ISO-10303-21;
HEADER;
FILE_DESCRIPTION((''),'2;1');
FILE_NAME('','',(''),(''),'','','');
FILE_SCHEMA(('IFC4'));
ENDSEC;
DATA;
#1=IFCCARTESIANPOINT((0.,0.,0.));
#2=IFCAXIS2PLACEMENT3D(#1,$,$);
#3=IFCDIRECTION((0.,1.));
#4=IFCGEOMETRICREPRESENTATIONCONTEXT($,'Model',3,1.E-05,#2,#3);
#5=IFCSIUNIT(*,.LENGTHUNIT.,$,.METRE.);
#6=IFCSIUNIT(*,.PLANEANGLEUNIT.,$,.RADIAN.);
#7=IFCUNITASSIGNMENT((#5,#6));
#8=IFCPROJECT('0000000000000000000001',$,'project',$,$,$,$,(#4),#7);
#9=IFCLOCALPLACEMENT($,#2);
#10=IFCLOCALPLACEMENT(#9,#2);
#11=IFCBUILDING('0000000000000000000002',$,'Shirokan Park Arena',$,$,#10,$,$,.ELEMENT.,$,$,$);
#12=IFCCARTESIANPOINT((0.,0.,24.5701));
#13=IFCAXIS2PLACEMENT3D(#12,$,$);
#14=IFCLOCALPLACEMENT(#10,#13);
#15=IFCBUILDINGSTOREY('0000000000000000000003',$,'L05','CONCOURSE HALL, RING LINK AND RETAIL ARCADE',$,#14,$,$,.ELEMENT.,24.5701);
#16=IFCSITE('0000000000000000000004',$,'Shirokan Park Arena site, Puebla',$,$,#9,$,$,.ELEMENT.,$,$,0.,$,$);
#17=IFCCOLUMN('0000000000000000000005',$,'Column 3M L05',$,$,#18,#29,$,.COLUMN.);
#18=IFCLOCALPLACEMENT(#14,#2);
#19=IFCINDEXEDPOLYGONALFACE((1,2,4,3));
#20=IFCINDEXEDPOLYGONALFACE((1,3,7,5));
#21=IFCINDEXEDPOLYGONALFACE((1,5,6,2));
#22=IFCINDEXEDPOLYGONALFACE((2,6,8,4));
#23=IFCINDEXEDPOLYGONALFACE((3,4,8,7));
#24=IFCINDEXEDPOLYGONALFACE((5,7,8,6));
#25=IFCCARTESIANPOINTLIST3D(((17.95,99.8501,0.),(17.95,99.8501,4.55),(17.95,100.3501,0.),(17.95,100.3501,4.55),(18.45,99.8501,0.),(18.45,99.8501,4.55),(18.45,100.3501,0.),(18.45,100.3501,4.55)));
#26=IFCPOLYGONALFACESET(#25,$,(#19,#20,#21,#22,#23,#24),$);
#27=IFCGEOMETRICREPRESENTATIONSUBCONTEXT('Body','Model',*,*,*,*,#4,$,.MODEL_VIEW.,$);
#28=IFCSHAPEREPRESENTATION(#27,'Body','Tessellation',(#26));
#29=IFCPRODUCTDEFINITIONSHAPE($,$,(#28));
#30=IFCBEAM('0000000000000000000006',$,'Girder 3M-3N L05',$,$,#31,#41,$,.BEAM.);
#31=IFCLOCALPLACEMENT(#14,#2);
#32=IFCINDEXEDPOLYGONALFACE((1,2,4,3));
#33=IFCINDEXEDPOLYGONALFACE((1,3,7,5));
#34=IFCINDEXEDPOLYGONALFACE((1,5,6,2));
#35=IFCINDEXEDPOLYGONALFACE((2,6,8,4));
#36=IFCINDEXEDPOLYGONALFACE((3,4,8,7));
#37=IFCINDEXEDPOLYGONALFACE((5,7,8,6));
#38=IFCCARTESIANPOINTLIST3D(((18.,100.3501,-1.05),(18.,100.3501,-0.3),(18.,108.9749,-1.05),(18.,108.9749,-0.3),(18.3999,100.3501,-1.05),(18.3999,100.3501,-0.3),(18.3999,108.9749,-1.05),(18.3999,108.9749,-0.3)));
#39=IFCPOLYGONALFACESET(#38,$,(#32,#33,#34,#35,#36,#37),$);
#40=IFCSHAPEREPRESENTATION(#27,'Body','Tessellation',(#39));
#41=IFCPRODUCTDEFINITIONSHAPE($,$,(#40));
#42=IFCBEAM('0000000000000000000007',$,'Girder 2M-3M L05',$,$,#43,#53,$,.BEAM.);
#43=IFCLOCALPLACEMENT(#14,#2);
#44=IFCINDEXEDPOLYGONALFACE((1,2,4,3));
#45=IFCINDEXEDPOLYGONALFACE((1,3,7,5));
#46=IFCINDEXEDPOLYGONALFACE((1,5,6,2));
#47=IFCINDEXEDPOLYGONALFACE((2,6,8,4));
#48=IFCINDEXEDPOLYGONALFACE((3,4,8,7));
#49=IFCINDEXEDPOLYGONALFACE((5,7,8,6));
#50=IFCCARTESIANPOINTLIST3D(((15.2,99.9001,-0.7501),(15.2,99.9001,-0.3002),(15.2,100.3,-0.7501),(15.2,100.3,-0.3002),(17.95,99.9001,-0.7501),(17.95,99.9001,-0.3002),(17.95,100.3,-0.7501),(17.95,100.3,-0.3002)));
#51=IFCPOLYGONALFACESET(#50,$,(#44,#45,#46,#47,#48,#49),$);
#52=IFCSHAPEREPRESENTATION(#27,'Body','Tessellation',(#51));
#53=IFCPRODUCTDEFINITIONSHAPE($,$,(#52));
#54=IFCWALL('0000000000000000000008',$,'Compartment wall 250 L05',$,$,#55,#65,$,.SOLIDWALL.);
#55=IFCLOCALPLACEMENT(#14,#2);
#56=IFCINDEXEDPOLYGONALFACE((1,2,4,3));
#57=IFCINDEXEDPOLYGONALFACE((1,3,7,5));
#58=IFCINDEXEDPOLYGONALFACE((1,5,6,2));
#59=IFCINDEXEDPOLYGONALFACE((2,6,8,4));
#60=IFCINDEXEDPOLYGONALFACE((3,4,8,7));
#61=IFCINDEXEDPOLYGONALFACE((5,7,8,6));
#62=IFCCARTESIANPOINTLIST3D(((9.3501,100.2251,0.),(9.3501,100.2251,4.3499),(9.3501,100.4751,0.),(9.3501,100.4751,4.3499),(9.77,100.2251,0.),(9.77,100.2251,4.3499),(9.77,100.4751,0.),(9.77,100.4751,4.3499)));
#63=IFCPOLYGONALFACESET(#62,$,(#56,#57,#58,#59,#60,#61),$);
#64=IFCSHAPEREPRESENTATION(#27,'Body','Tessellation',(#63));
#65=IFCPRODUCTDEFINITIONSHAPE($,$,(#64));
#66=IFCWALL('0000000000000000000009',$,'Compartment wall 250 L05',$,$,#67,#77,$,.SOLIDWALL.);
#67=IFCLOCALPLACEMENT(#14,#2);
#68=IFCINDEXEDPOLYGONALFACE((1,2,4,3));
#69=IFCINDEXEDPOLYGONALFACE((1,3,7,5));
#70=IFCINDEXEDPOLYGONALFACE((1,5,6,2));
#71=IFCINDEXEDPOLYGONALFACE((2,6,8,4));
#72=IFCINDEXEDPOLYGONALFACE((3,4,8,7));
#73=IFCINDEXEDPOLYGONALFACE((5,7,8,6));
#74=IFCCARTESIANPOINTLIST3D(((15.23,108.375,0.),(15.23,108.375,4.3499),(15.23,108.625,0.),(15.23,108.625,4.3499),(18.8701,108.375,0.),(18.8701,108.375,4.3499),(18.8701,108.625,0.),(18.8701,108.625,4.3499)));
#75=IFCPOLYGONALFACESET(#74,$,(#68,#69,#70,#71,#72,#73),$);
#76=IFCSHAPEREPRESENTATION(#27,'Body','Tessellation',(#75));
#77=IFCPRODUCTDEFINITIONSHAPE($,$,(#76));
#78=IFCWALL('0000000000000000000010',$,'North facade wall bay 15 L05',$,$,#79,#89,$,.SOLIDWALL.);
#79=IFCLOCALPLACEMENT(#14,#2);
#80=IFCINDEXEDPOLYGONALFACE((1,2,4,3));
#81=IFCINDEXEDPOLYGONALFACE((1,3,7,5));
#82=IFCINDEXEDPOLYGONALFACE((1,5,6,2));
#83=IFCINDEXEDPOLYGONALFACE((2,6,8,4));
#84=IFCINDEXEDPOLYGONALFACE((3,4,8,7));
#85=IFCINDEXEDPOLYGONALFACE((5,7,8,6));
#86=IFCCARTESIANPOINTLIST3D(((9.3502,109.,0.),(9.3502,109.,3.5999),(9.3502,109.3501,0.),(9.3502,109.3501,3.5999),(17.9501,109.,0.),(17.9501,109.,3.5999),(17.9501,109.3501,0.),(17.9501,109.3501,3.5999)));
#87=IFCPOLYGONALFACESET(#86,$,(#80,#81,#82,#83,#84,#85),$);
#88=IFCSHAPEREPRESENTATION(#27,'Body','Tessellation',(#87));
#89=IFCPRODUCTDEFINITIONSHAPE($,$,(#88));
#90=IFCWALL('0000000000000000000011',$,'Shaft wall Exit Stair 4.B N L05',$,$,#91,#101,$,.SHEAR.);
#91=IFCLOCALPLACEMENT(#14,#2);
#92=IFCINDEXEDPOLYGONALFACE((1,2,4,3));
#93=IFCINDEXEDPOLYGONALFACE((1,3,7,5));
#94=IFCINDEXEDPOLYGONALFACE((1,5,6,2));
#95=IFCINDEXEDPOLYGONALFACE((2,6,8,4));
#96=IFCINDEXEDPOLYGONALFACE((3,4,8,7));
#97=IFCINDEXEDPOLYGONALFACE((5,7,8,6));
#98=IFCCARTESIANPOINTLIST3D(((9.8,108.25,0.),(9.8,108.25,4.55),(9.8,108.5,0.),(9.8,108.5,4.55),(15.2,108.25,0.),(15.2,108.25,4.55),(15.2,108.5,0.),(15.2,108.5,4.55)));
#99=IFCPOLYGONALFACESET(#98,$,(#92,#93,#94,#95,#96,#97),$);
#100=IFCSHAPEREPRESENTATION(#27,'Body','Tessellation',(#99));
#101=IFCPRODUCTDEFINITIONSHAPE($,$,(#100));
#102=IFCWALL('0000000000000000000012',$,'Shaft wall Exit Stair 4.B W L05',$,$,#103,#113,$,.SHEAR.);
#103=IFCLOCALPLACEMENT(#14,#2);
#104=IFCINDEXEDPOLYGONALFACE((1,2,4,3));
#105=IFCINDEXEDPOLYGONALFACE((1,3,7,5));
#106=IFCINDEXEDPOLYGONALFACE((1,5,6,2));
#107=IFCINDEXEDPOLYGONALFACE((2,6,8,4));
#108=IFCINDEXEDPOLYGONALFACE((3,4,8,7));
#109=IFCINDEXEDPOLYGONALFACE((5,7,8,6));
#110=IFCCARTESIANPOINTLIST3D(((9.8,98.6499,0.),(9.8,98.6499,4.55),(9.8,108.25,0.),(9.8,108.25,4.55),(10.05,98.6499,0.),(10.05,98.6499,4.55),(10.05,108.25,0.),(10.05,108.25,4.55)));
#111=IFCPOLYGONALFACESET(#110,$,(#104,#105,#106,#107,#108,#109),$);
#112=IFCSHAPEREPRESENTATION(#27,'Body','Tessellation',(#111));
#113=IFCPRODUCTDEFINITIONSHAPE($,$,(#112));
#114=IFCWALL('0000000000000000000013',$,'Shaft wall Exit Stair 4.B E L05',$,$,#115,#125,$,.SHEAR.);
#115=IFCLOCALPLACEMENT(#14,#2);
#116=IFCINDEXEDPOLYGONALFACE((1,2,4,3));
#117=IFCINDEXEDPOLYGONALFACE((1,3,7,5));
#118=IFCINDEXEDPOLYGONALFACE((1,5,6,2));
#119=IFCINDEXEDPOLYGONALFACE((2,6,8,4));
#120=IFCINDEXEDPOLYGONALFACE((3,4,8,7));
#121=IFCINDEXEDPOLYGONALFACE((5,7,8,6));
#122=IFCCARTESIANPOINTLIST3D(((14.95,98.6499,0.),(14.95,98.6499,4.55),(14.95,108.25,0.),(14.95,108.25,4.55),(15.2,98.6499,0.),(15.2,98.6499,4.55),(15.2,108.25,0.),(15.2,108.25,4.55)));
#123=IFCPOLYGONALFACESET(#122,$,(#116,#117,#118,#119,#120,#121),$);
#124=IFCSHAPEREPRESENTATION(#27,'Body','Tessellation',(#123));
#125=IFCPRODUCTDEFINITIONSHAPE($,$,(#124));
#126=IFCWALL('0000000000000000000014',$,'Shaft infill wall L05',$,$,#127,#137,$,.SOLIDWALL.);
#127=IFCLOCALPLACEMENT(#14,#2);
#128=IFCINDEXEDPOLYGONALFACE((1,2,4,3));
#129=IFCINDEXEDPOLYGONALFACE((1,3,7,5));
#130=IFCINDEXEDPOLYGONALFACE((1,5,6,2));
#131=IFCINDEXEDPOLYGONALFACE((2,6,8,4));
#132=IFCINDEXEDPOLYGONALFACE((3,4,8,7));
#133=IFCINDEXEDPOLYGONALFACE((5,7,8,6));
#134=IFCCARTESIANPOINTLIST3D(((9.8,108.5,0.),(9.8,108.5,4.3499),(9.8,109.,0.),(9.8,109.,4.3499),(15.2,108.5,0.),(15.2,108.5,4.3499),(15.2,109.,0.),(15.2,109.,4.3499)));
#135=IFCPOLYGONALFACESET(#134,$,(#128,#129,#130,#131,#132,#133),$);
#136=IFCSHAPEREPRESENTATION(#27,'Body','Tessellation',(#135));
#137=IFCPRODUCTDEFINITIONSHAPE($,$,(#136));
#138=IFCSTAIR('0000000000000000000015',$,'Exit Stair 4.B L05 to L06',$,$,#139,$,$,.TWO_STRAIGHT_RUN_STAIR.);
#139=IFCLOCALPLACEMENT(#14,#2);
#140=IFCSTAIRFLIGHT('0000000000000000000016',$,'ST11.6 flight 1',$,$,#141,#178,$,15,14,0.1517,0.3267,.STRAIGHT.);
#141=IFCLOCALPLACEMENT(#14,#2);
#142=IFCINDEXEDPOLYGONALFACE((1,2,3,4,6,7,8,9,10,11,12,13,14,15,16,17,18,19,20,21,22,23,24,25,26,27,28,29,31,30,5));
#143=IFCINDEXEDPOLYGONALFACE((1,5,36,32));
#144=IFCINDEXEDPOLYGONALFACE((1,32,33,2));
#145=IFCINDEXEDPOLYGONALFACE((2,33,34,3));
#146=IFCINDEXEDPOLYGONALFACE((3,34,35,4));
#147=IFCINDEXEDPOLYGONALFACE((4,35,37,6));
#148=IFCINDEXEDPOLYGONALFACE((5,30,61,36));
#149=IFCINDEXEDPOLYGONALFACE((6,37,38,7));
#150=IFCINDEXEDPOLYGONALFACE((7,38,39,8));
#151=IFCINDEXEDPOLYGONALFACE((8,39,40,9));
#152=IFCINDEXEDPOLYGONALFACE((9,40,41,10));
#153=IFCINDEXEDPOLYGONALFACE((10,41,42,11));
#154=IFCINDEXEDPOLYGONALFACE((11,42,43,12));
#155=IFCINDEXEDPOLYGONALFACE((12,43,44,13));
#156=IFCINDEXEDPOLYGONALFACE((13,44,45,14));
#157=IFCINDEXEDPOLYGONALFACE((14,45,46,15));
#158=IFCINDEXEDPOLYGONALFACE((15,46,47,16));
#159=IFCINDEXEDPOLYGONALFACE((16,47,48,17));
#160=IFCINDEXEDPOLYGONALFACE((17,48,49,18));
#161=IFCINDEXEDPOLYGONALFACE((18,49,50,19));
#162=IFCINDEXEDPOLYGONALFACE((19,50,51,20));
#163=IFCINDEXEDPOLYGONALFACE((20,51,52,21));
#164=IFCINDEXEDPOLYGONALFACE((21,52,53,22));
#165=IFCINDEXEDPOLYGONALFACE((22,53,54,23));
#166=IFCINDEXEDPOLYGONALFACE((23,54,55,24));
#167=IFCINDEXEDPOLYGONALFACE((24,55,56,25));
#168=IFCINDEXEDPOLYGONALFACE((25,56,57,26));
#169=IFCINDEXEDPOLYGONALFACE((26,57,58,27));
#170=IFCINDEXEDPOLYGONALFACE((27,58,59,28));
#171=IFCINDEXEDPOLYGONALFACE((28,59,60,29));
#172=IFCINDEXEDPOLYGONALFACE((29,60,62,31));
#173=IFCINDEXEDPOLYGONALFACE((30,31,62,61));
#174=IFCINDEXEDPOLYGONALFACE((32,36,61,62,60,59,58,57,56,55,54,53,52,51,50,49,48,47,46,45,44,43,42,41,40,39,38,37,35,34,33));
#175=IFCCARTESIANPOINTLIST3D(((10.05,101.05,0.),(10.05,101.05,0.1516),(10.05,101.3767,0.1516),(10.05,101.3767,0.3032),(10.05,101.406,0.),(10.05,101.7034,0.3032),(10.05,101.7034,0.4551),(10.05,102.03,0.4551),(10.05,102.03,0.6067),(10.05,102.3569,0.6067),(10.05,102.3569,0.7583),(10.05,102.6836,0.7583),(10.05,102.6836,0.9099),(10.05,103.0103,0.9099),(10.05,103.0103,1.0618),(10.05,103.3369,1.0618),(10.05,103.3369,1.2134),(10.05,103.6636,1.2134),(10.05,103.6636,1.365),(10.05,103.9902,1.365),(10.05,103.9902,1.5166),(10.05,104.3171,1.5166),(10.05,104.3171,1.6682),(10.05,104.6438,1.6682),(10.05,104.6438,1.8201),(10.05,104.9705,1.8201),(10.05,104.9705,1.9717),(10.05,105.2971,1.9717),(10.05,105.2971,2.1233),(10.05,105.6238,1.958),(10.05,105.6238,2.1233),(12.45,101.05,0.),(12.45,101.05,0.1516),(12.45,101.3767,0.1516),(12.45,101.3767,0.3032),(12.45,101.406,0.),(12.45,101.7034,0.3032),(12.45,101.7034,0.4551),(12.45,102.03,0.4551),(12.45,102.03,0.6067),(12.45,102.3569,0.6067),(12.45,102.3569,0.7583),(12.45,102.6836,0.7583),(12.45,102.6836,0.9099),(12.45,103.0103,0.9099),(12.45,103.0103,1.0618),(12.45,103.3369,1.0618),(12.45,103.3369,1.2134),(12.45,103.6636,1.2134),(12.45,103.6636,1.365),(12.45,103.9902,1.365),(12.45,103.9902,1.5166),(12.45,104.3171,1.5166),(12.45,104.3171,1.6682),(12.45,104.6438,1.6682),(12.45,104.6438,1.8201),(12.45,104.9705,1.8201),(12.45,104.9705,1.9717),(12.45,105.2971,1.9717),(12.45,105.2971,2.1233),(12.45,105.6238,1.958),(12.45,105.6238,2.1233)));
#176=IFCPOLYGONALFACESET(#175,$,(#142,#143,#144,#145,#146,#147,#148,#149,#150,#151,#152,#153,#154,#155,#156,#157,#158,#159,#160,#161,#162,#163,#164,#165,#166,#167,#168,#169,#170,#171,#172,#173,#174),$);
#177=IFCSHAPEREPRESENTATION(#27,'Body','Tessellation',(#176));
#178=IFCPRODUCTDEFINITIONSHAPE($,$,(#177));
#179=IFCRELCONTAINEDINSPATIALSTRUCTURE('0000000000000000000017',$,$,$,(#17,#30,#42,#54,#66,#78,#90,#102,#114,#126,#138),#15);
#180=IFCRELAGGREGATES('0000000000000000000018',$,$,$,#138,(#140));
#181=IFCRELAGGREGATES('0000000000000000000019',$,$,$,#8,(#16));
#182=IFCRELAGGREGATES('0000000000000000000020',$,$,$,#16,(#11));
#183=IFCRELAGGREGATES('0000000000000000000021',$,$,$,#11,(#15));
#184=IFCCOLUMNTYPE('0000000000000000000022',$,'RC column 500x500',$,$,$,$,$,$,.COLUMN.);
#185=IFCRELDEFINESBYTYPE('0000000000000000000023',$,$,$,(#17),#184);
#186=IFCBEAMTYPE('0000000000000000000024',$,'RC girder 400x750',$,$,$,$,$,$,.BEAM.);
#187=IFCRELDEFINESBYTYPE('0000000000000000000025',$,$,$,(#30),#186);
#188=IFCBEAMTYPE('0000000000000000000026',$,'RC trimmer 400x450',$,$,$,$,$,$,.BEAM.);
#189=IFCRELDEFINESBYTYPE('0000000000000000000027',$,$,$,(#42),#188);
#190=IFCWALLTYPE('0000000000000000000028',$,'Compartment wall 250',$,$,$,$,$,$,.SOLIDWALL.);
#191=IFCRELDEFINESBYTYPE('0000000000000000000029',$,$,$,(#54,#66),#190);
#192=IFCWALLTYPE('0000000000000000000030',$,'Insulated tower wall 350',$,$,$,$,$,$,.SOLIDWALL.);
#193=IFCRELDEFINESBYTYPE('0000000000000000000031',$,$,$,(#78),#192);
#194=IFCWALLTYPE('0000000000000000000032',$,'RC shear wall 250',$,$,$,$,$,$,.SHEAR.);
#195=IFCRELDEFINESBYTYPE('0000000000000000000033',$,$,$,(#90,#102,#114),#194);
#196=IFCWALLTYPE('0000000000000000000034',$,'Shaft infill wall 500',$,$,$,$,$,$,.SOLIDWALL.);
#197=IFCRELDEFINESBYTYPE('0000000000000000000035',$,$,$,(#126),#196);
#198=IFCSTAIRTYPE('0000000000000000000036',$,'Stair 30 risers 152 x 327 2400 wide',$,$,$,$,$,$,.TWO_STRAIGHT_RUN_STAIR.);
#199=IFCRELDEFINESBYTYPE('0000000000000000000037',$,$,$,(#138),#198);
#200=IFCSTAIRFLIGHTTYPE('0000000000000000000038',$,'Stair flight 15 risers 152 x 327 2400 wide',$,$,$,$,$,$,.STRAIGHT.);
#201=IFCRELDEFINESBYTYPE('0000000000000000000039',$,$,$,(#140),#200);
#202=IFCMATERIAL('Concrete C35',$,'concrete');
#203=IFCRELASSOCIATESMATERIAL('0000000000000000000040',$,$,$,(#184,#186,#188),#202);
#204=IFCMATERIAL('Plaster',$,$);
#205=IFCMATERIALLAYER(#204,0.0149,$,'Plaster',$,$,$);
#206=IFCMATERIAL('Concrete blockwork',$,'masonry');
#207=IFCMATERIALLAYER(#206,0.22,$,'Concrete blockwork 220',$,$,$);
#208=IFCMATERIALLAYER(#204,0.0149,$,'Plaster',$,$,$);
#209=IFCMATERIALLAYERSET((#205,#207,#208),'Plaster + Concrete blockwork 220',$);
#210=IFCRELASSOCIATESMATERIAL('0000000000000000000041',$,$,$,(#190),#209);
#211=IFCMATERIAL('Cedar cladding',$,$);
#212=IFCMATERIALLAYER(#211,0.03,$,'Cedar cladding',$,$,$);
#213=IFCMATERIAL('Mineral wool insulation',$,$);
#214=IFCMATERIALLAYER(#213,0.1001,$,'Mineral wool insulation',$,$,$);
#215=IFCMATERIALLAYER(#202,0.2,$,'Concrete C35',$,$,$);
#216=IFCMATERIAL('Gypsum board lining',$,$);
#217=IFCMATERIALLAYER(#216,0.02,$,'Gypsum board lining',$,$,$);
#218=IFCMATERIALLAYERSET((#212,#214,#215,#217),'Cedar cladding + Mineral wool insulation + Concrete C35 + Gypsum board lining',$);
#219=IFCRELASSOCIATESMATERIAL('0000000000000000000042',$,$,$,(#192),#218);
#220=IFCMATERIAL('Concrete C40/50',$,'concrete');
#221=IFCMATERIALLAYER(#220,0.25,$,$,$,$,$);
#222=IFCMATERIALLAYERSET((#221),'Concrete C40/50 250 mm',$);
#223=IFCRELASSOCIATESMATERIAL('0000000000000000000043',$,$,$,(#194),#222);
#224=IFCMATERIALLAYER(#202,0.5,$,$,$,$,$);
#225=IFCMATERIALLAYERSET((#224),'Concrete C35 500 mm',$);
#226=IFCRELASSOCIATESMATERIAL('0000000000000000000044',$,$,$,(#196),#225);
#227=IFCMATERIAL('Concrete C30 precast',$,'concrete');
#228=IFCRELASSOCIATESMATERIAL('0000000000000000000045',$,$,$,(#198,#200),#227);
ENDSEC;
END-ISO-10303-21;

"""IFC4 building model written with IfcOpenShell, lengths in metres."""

from ifc_helpers import new_model, si_unit, direction, frame, frame_2d, origin, origin_2d, place, context, subcontext, project, spatial, polyline, rectangle, outline, extrude, material, layer, layer_set, material_profile, profile_set, type_object, element, aggregate, save


model = new_model("IFC4")

# Units and contexts
model_context = context("Model", 3, precision=1e-05, world=origin(), true_north=direction((0.0, 1.0)))
body_context = subcontext(model_context, "Body", "Model", "MODEL_VIEW")
ifc_project = project(units=[si_unit("LENGTHUNIT", "METRE"), si_unit("PLANEANGLEUNIT", "RADIAN")], contexts=[model_context])

# Site, building, storey
site_placement = place(None, origin())
site = spatial("IfcSite", under=ifc_project, at=site_placement, Name="Shirokan Park Arena site, Puebla", CompositionType="ELEMENT", RefElevation=0.0)
building_placement = place(site_placement, origin())
building = spatial("IfcBuilding", under=site, at=building_placement, Name="Shirokan Park Arena", CompositionType="ELEMENT")
storey_placement = place(building_placement, frame((0.0, 0.0, 24.5701)))
storey = spatial("IfcBuildingStorey", under=building, at=storey_placement, Name="L05", Description="CONCOURSE HALL, RING LINK AND RETAIL ARCADE", CompositionType="ELEMENT", Elevation=24.5701)

# Column
ifc_material_1 = material(Name="Concrete C35", Category="concrete")
ifc_material_profile_1 = material_profile(ifc_material_1, rectangle(XDim=0.5, YDim=0.5, at=origin_2d()), Name="500x500")
ifc_profile_set_1 = profile_set([ifc_material_profile_1], Name="Concrete C35")
column_type = type_object("IfcColumnType", Name="RC column 500x500", PredefinedType="COLUMN", material=ifc_profile_set_1)
column_placement = place(storey_placement, frame((18.2, 100.1001, 0.0), z_axis=(0.0, 0.0, 1.0), x_axis=(1.0, 0.0, 0.0)))
element("IfcColumn", 1, at=column_placement, inside=storey, type_object=column_type, Name="Column 3M L05", PredefinedType="COLUMN", context=body_context, shape_type="SweptSolid", body=[
    extrude(rectangle(XDim=0.5, YDim=0.5, at=origin_2d()), origin(), (0.0, 0.0, 1.0), 4.55),
])

# Beams
ifc_material_profile_2 = material_profile(ifc_material_1, rectangle(XDim=0.3999, YDim=0.75, at=origin_2d()), Name="400x750")
ifc_profile_set_2 = profile_set([ifc_material_profile_2], Name="Concrete C35")
beam_type_1 = type_object("IfcBeamType", Name="RC girder 400x750", PredefinedType="BEAM", material=ifc_profile_set_2)
beam_1_placement = place(storey_placement, frame((18.2, 100.3501, -0.675), z_axis=(0.0, 1.0, 0.0), x_axis=(-1.0, 0.0, 0.0)))
element("IfcBeam", 2, at=beam_1_placement, inside=storey, type_object=beam_type_1, Name="Girder 3M-3N L05", PredefinedType="BEAM", context=body_context, shape_type="SweptSolid", body=[
    extrude(rectangle(XDim=0.3999, YDim=0.75, at=origin_2d()), origin(), (0.0, 0.0, 1.0), 8.6248),
])
ifc_material_profile_3 = material_profile(ifc_material_1, rectangle(XDim=0.3999, YDim=0.45, at=origin_2d()), Name="400x450")
ifc_profile_set_3 = profile_set([ifc_material_profile_3], Name="Concrete C35")
beam_type_2 = type_object("IfcBeamType", Name="RC trimmer 400x450", PredefinedType="BEAM", material=ifc_profile_set_3)
beam_2_placement = place(storey_placement, frame((15.2, 100.1001, -0.5251), z_axis=(1.0, 0.0, 0.0), x_axis=(0.0, 1.0, 0.0)))
element("IfcBeam", 3, at=beam_2_placement, inside=storey, type_object=beam_type_2, Name="Girder 2M-3M L05", PredefinedType="BEAM", context=body_context, shape_type="SweptSolid", body=[
    extrude(rectangle(XDim=0.3999, YDim=0.45, at=origin_2d()), origin(), (0.0, 0.0, 1.0), 2.75),
])

# Walls
ifc_material_2 = material(Name="Plaster")
ifc_layer_1 = layer(ifc_material_2, 0.0149, Name="Plaster")
ifc_material_3 = material(Name="Concrete blockwork", Category="masonry")
ifc_layer_2 = layer(ifc_material_3, 0.22, Name="Concrete blockwork 220")
ifc_layer_3 = layer(ifc_material_2, 0.0149, Name="Plaster")
ifc_layer_set_1 = layer_set([ifc_layer_1, ifc_layer_2, ifc_layer_3], Name="Plaster + Concrete blockwork 220")
wall_type_1 = type_object("IfcWallType", Name="Compartment wall 250", PredefinedType="SOLIDWALL", material=ifc_layer_set_1)
wall_1_placement = place(storey_placement, frame((9.77, 100.3501, 0.0), z_axis=(0.0, 0.0, 1.0), x_axis=(-1.0, 0.0, 0.0)))
element("IfcWall", 4, at=wall_1_placement, inside=storey, type_object=wall_type_1, Name="Compartment wall 250 L05", PredefinedType="SOLIDWALL", context=body_context, shape_type="SweptSolid", body=[
    extrude(rectangle(XDim=0.4199, YDim=0.25, at=frame_2d((0.21, 0.0))), origin(), (0.0, 0.0, 1.0), 4.3499),
])
wall_2_placement = place(storey_placement, frame((15.23, 108.5, 0.0), z_axis=(0.0, 0.0, 1.0), x_axis=(1.0, 0.0, 0.0)))
element("IfcWall", 5, at=wall_2_placement, inside=storey, type_object=wall_type_1, Name="Compartment wall 250 L05", PredefinedType="SOLIDWALL", context=body_context, shape_type="SweptSolid", body=[
    extrude(rectangle(XDim=3.6401, YDim=0.25, at=frame_2d((1.8201, 0.0))), origin(), (0.0, 0.0, 1.0), 4.3499),
])
ifc_material_4 = material(Name="Cedar cladding")
ifc_layer_4 = layer(ifc_material_4, 0.03, Name="Cedar cladding")
ifc_material_5 = material(Name="Mineral wool insulation")
ifc_layer_5 = layer(ifc_material_5, 0.1001, Name="Mineral wool insulation")
ifc_layer_6 = layer(ifc_material_1, 0.2, Name="Concrete C35")
ifc_material_6 = material(Name="Gypsum board lining")
ifc_layer_7 = layer(ifc_material_6, 0.02, Name="Gypsum board lining")
ifc_layer_set_2 = layer_set([ifc_layer_4, ifc_layer_5, ifc_layer_6, ifc_layer_7], Name="Cedar cladding + Mineral wool insulation + Concrete C35 + Gypsum board lining")
wall_type_2 = type_object("IfcWallType", Name="Insulated tower wall 350", PredefinedType="SOLIDWALL", material=ifc_layer_set_2)
wall_3_placement = place(storey_placement, frame((17.95, 109.175, 0.0), z_axis=(0.0, 0.0, 1.0), x_axis=(-1.0, 0.0, 0.0)))
element("IfcWall", 6, at=wall_3_placement, inside=storey, type_object=wall_type_2, Name="North facade wall bay 15 L05", PredefinedType="SOLIDWALL", context=body_context, shape_type="SweptSolid", body=[
    extrude(rectangle(XDim=8.5999, YDim=0.3501, at=frame_2d((4.2998, 0.0))), origin(), (0.0, 0.0, 1.0), 3.5999),
])
ifc_material_7 = material(Name="Concrete C40/50", Category="concrete")
ifc_layer_8 = layer(ifc_material_7, 0.25)
ifc_layer_set_3 = layer_set([ifc_layer_8], Name="Concrete C40/50 250 mm")
wall_type_3 = type_object("IfcWallType", Name="RC shear wall 250", PredefinedType="SHEAR", material=ifc_layer_set_3)
wall_4_placement = place(storey_placement, frame((15.2, 108.375, 0.0), z_axis=(0.0, 0.0, 1.0), x_axis=(-1.0, 0.0, 0.0)))
element("IfcWall", 7, at=wall_4_placement, inside=storey, type_object=wall_type_3, Name="Shaft wall Exit Stair 4.B N L05", PredefinedType="SHEAR", context=body_context, shape_type="SweptSolid", body=[
    extrude(rectangle(XDim=5.3999, YDim=0.25, at=frame_2d((2.7, 0.0))), origin(), (0.0, 0.0, 1.0), 4.55),
])
for number, where, z_axis, x_axis, name in (
    (8, (9.925, 108.25, 0.0), (0.0, 0.0, 1.0), (0.0, -1.0, 0.0), "Shaft wall Exit Stair 4.B W L05"),
    (9, (15.075, 108.25, 0.0), (0.0, 0.0, 1.0), (0.0, -1.0, 0.0), "Shaft wall Exit Stair 4.B E L05"),
):
    element("IfcWall", number, at=place(storey_placement, frame(where, z_axis=z_axis, x_axis=x_axis)), inside=storey, type_object=wall_type_3, Name=name, PredefinedType="SHEAR", context=body_context, shape_type="SweptSolid", body=[
        extrude(rectangle(XDim=9.6001, YDim=0.25, at=frame_2d((4.8, 0.0))), origin(), (0.0, 0.0, 1.0), 4.55),
    ])
ifc_layer_9 = layer(ifc_material_1, 0.5)
ifc_layer_set_4 = layer_set([ifc_layer_9], Name="Concrete C35 500 mm")
wall_type_4 = type_object("IfcWallType", Name="Shaft infill wall 500", PredefinedType="SOLIDWALL", material=ifc_layer_set_4)
wall_5_placement = place(storey_placement, frame((9.8, 108.75, 0.0), z_axis=(0.0, 0.0, 1.0), x_axis=(1.0, 0.0, 0.0)))
element("IfcWall", 10, at=wall_5_placement, inside=storey, type_object=wall_type_4, Name="Shaft infill wall L05", PredefinedType="SOLIDWALL", context=body_context, shape_type="SweptSolid", body=[
    extrude(rectangle(XDim=5.3999, YDim=0.5, at=frame_2d((2.7, 0.0))), origin(), (0.0, 0.0, 1.0), 4.3499),
])

# Stair, stair flight
ifc_material_8 = material(Name="Concrete C30 precast", Category="concrete")
stair_type = type_object("IfcStairType", Name="Stair 30 risers 152 x 327 2400 wide", PredefinedType="TWO_STRAIGHT_RUN_STAIR", material=ifc_material_8)
stair_placement = place(storey_placement, origin())
stair = element("IfcStair", 11, at=stair_placement, inside=storey, type_object=stair_type, Name="Exit Stair 4.B L05 to L06", PredefinedType="TWO_STRAIGHT_RUN_STAIR")
stair_flight_type = type_object("IfcStairFlightType", Name="Stair flight 15 risers 152 x 327 2400 wide", PredefinedType="STRAIGHT", material=ifc_material_8)
stair_flight_1_placement = place(storey_placement, frame((11.25, 101.05, 0.0), z_axis=(0.0, 0.0, 1.0), x_axis=(0.0, 1.0, 0.0)))
stair_flight_1 = element("IfcStairFlight", 12, at=stair_flight_1_placement, type_object=stair_flight_type, Name="ST11.6 flight 1", NumberOfRisers=15, NumberOfTreads=14, PredefinedType="STRAIGHT", RiserHeight=0.1517, TreadLength=0.3267, context=body_context, shape_type="SweptSolid", body=[
    extrude(outline(polyline([(0.0, 0.0), (0.0, 0.1516), (0.3267, 0.1516), (0.3267, 0.3032), (0.6533, 0.3032), (0.6533, 0.4551), (0.98, 0.4551), (0.98, 0.6067), (1.3069, 0.6067), (1.3069, 0.7583), (1.6335, 0.7583), (1.6335, 0.9099), (1.9602, 0.9099), (1.9602, 1.0618), (2.2869, 1.0618), (2.2869, 1.2134), (2.6135, 1.2134), (2.6135, 1.365), (2.9402, 1.365), (2.9402, 1.5166), (3.2671, 1.5166), (3.2671, 1.6682), (3.5938, 1.6682), (3.5938, 1.8201), (3.9204, 1.8201), (3.9204, 1.9717), (4.2471, 1.9717), (4.2471, 2.1233), (4.5737, 2.1233), (4.5737, 2.2749), (4.5737, 1.958), (0.356, 0.0), (0.0, 0.0)])), frame((0.0, 1.2, 0.0), z_axis=(0.0, -1.0, 0.0), x_axis=(1.0, 0.0, 0.0)), (0.0, 0.0, 1.0), 2.3999),
])
aggregate(stair, [stair_flight_1])

save(model, "model.ifc")
